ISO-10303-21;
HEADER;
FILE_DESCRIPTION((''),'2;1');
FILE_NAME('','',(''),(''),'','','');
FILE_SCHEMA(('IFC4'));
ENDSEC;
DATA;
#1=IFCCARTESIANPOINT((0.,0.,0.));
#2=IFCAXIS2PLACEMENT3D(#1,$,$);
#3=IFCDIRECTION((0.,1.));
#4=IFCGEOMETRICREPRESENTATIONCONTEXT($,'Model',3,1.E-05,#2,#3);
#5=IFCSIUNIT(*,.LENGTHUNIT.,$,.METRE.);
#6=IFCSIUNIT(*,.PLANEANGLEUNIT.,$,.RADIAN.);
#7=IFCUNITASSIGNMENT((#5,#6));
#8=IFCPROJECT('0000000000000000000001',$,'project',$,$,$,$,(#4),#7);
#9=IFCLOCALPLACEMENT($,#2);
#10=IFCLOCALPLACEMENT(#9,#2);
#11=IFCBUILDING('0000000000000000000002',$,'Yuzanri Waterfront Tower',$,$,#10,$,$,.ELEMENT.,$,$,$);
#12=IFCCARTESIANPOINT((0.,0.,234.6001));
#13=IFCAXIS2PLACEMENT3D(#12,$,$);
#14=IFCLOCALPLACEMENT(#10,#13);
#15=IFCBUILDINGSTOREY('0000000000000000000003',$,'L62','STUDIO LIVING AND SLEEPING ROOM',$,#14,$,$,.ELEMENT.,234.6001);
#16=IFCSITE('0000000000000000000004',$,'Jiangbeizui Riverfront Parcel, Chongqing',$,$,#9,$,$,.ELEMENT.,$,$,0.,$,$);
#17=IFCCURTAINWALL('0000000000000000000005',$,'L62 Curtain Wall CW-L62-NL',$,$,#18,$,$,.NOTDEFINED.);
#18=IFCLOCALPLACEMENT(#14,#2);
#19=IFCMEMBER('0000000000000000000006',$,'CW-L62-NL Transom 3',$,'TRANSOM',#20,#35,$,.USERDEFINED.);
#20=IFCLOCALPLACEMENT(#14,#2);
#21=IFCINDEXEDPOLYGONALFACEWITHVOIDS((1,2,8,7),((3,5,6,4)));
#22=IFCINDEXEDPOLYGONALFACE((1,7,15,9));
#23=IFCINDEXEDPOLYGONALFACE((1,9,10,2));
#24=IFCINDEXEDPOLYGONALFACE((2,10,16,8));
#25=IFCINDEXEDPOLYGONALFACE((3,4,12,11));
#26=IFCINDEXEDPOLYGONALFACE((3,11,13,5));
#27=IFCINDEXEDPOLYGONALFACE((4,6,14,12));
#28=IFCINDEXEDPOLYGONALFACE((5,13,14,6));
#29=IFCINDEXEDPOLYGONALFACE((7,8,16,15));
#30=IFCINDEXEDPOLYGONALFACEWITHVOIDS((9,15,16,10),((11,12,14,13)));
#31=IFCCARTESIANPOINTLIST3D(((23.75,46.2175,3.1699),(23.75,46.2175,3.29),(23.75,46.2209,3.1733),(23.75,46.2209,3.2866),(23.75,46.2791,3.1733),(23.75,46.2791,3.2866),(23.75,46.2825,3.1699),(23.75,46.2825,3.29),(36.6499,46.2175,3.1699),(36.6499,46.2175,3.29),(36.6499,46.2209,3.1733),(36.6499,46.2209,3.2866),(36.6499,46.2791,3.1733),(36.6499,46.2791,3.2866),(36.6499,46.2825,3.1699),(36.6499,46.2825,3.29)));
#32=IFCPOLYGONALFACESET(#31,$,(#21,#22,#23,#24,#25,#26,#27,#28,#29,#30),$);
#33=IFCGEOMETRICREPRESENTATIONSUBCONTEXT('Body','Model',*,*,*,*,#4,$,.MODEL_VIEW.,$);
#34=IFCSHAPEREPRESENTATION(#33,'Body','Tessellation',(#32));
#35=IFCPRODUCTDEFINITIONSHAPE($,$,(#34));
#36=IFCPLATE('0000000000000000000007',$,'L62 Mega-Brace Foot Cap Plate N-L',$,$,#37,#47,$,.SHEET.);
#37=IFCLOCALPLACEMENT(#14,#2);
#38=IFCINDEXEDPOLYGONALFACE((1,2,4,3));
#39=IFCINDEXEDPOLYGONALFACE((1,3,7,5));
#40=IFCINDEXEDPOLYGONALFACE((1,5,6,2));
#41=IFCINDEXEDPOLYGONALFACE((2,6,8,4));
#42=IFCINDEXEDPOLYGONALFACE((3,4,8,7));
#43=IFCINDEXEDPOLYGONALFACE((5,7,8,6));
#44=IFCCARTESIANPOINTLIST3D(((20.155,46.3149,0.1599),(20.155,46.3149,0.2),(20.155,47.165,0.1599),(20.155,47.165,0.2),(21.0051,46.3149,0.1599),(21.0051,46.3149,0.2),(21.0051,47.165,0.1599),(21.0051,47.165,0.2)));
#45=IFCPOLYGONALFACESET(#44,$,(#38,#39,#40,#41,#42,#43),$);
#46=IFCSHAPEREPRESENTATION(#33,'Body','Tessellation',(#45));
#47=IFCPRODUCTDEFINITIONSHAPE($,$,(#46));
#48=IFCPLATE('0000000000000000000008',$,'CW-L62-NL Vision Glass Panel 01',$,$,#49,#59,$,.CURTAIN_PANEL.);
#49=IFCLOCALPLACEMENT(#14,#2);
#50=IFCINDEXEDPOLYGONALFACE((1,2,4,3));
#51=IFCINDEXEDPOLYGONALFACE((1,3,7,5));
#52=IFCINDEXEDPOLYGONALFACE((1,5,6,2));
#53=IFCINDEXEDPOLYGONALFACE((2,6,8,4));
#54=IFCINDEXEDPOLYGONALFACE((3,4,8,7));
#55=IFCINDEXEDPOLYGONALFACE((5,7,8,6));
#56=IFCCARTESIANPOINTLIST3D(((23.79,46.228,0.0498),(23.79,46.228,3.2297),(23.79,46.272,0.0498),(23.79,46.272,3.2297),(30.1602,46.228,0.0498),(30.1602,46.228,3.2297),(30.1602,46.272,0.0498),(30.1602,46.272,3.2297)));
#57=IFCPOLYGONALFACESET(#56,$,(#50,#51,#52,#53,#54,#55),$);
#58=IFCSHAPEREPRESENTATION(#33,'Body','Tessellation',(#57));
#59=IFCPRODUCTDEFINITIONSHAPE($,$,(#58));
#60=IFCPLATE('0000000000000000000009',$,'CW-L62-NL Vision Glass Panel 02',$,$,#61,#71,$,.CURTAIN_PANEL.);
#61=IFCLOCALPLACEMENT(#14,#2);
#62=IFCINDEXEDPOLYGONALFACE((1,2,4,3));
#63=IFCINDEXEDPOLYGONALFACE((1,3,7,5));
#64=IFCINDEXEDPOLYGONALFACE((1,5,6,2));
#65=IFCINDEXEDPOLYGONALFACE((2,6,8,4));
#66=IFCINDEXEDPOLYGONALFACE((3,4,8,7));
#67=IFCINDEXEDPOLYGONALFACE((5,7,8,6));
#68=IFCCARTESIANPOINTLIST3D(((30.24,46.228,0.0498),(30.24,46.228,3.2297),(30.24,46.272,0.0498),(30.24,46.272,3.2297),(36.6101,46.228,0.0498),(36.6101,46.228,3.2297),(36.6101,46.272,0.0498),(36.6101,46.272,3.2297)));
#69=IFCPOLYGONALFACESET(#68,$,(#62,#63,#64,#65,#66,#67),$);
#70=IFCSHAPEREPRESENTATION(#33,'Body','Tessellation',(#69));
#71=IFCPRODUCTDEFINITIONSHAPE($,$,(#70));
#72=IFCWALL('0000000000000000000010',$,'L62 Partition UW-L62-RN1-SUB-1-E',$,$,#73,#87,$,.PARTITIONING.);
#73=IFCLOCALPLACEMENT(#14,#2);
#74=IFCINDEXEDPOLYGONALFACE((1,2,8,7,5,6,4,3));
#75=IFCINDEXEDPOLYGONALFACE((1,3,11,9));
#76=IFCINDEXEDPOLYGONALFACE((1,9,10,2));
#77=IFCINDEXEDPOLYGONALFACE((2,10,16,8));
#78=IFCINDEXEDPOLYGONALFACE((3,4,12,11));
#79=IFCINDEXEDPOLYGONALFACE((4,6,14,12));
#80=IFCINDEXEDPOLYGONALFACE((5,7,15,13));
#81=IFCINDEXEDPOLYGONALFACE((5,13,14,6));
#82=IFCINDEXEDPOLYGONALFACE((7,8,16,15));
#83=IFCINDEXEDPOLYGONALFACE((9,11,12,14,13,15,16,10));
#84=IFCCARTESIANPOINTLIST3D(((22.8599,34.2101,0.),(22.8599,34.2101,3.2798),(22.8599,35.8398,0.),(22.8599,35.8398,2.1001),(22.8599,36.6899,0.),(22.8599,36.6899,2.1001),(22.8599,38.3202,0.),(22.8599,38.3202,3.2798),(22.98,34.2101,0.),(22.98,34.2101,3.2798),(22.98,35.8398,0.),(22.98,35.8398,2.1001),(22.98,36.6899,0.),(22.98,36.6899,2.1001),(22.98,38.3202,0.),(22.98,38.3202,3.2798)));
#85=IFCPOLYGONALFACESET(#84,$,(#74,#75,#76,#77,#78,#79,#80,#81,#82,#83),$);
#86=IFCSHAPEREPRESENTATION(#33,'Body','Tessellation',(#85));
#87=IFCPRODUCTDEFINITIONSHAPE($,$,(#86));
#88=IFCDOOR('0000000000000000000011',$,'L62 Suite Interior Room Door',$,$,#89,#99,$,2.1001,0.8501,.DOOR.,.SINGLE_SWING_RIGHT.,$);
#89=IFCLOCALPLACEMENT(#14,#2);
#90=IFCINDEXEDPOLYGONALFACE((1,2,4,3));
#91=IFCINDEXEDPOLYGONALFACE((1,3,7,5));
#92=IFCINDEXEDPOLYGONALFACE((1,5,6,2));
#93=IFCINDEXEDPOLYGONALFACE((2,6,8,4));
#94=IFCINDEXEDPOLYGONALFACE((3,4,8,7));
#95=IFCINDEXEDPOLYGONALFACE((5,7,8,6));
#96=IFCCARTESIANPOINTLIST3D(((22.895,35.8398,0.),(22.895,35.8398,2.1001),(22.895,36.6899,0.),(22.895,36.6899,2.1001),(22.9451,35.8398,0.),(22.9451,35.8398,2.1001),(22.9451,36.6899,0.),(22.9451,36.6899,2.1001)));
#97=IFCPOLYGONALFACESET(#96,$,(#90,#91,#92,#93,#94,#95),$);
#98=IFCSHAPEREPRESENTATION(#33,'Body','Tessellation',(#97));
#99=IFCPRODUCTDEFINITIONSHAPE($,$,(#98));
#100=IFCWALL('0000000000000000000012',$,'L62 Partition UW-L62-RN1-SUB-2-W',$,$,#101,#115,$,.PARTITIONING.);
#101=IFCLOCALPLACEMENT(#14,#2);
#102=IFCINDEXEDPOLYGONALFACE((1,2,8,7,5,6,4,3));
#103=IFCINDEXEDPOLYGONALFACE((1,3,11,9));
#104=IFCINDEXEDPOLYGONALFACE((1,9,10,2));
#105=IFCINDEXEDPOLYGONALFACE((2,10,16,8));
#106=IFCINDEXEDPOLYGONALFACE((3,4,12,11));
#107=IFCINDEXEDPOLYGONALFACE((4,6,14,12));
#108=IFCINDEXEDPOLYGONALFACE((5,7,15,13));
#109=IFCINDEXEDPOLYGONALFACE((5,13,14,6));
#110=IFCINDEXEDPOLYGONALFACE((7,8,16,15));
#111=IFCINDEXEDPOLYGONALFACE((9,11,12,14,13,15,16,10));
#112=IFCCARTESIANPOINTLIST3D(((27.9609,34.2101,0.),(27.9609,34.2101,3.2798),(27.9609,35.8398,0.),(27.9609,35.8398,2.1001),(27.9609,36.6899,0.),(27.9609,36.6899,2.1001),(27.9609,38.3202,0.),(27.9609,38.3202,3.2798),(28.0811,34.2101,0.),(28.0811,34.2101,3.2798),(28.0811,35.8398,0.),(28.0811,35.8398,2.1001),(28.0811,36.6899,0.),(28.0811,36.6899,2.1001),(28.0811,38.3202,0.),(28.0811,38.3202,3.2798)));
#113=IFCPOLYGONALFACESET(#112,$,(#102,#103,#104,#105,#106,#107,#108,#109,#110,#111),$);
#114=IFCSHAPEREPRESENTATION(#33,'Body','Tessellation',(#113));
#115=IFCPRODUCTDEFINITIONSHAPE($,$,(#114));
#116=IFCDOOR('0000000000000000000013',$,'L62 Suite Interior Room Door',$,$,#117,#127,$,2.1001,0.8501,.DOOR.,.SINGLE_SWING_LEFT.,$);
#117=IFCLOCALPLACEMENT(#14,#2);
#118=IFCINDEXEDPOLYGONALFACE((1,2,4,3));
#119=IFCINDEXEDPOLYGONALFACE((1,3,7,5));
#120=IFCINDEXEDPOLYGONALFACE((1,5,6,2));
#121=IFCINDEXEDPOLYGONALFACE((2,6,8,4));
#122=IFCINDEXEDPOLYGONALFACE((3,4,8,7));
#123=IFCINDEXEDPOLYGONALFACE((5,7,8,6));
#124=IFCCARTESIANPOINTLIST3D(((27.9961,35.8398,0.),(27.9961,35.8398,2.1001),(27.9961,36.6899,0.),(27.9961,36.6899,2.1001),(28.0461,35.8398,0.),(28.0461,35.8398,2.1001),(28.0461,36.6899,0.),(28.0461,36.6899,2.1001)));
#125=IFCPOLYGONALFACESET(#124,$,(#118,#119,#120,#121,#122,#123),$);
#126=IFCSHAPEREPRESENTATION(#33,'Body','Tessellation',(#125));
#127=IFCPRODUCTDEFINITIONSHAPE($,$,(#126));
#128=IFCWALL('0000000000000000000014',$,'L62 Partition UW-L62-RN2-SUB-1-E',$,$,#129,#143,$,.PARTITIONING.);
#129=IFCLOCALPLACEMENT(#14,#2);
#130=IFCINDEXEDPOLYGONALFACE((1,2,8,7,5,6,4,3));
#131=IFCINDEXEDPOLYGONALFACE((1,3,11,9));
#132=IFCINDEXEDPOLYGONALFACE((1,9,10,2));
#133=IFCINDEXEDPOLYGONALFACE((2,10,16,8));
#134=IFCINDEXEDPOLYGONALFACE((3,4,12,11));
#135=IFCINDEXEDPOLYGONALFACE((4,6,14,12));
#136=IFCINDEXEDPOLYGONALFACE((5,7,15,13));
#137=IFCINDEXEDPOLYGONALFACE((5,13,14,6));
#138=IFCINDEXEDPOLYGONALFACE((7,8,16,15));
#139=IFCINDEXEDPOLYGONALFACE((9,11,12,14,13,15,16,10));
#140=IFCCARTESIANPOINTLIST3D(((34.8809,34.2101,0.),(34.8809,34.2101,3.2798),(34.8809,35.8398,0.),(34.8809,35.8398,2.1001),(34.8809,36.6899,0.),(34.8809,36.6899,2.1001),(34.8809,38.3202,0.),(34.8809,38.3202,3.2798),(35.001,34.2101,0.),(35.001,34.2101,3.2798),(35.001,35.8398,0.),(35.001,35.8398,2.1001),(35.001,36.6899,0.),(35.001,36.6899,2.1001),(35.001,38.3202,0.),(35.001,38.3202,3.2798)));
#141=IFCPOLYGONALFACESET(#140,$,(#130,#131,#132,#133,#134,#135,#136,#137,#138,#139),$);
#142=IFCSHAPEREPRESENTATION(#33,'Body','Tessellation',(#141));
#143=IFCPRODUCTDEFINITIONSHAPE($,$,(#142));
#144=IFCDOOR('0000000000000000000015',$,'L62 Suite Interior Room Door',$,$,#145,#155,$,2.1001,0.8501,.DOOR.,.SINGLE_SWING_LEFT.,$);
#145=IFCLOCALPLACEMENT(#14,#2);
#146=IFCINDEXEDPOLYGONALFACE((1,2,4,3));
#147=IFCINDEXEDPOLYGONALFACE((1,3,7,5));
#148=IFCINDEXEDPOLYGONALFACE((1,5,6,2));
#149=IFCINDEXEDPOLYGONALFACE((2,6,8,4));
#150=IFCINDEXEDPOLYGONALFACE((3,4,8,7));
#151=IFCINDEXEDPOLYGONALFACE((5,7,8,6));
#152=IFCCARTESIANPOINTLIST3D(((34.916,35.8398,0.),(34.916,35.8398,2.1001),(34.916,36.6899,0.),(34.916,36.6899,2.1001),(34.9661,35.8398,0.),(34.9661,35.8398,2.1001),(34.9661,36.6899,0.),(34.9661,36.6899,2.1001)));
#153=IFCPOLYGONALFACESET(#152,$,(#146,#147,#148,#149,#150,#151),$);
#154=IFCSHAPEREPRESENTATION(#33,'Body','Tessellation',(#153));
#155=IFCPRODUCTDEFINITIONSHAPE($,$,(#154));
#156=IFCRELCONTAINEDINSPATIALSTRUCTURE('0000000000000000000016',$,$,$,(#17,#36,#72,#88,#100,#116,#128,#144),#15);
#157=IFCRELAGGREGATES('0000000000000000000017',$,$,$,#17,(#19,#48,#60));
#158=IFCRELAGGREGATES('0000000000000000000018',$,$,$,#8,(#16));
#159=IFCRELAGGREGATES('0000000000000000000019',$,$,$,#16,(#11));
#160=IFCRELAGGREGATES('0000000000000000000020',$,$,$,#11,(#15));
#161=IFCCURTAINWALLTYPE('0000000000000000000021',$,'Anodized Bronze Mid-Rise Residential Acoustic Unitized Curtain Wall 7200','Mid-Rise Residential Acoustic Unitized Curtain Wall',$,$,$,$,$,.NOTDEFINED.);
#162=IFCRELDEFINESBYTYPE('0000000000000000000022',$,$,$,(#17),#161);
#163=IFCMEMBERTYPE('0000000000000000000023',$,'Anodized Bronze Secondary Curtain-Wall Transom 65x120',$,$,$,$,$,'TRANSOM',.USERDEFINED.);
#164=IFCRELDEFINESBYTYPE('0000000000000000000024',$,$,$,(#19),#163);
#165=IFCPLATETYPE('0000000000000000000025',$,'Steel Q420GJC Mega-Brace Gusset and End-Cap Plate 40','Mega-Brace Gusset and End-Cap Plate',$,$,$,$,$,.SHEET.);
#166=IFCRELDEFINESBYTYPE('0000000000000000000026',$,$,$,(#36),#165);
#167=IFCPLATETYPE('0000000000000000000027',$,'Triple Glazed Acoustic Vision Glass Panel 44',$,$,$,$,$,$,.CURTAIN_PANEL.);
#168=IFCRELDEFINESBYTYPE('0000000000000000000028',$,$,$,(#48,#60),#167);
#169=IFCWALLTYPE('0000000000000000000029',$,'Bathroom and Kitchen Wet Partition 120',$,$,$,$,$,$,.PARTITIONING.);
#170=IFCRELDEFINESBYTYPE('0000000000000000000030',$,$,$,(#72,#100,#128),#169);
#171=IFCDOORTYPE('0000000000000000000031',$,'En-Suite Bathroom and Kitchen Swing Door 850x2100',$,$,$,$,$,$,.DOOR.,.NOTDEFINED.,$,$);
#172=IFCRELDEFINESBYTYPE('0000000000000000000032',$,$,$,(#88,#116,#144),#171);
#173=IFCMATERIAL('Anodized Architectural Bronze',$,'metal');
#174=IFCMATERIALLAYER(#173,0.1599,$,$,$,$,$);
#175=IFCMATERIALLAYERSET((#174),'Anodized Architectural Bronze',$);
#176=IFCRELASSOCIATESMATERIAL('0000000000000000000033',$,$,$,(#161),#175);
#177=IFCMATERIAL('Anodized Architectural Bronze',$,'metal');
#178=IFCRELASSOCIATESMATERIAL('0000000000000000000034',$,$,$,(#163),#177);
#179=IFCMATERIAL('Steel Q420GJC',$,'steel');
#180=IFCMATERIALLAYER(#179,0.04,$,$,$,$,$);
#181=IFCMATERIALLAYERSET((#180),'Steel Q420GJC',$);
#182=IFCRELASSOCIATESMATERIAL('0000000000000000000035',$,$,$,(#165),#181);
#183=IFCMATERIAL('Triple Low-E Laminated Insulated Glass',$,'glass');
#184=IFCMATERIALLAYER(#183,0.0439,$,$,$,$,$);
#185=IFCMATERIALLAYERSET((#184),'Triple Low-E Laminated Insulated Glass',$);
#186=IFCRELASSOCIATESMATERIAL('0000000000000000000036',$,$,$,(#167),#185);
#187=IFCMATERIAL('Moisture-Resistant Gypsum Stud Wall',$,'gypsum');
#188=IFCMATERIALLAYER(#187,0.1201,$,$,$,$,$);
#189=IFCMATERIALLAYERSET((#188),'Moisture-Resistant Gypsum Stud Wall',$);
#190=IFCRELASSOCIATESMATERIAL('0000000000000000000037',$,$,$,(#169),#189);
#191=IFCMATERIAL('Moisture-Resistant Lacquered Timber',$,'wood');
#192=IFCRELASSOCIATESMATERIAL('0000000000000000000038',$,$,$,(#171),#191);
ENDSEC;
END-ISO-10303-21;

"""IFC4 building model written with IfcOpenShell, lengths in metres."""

from ifc_helpers import new_model, si_unit, direction, frame, frame_2d, origin, origin_2d, place, context, subcontext, project, spatial, rectangle, hollow_rectangle, extrude, source, transform, mapped, material, layer, layer_set, material_profile, profile_set, type_object, element, fill, aggregate, save


model = new_model("IFC4")

# Units and contexts
model_context = context("Model", 3, precision=1e-05, world=origin(), true_north=direction((0.0, 1.0)))
body_context = subcontext(model_context, "Body", "Model", "MODEL_VIEW")
ifc_project = project(units=[si_unit("LENGTHUNIT", "METRE"), si_unit("PLANEANGLEUNIT", "RADIAN")], contexts=[model_context])

# Site, building, storey
site_placement = place(None, origin())
site = spatial("IfcSite", under=ifc_project, at=site_placement, Name="Jiangbeizui Riverfront Parcel, Chongqing", CompositionType="ELEMENT", RefElevation=0.0)
building_placement = place(site_placement, origin())
building = spatial("IfcBuilding", under=site, at=building_placement, Name="Yuzanri Waterfront Tower", CompositionType="ELEMENT")
storey_placement = place(building_placement, frame((0.0, 0.0, 234.6001)))
storey = spatial("IfcBuildingStorey", under=building, at=storey_placement, Name="L62", Description="STUDIO LIVING AND SLEEPING ROOM", CompositionType="ELEMENT", Elevation=234.6001)

# Curtain wall, member
ifc_material_1 = material(Name="Anodized Architectural Bronze", Category="metal")
ifc_layer_1 = layer(ifc_material_1, 0.1599)
ifc_layer_set_1 = layer_set([ifc_layer_1], Name="Anodized Architectural Bronze")
curtain_wall_type = type_object("IfcCurtainWallType", Name="Anodized Bronze Mid-Rise Residential Acoustic Unitized Curtain Wall 7200", Description="Mid-Rise Residential Acoustic Unitized Curtain Wall", PredefinedType="NOTDEFINED", material=ifc_layer_set_1)
curtain_wall_placement = place(storey_placement, origin())
curtain_wall = element("IfcCurtainWall", 1, at=curtain_wall_placement, inside=storey, type_object=curtain_wall_type, Name="L62 Curtain Wall CW-L62-NL", PredefinedType="NOTDEFINED")
ifc_material_2 = material(Name="Anodized Architectural Bronze", Category="metal")
ifc_material_profile_1 = material_profile(ifc_material_2, hollow_rectangle(XDim=0.0649, YDim=0.1201, WallThickness=0.0034, at=origin_2d()), Name="CWT 65x120")
ifc_profile_set_1 = profile_set([ifc_material_profile_1], Name="Anodized Architectural Bronze")
member_type_1 = type_object("IfcMemberType", Name="Anodized Bronze Secondary Curtain-Wall Transom 65x120", ElementType="TRANSOM", PredefinedType="USERDEFINED", material=ifc_profile_set_1)
shared_shape_1 = source(origin(), body_context, "Body", "SweptSolid", [
    extrude(hollow_rectangle(XDim=0.0649, YDim=0.1201, WallThickness=0.0034, at=origin_2d()), origin(), (0.0, 0.0, 1.0), 12.8999),
])
member_1_placement = place(storey_placement, frame((23.75, 46.25, 3.23), z_axis=(1.0, 0.0, 0.0), x_axis=(0.0, 1.0, 0.0)))
member_1 = element("IfcMember", 2, at=member_1_placement, type_object=member_type_1, Name="CW-L62-NL Transom 3", ObjectType="TRANSOM", PredefinedType="USERDEFINED", context=body_context, shape_type="MappedRepresentation", body=[
    mapped(shared_shape_1, transform((0.0, 0.0, 0.0), scale=1.0)),
])

# Plates
ifc_material_3 = material(Name="Steel Q420GJC", Category="steel")
ifc_layer_2 = layer(ifc_material_3, 0.04)
ifc_layer_set_2 = layer_set([ifc_layer_2], Name="Steel Q420GJC")
plate_type_1 = type_object("IfcPlateType", Name="Steel Q420GJC Mega-Brace Gusset and End-Cap Plate 40", Description="Mega-Brace Gusset and End-Cap Plate", PredefinedType="SHEET", material=ifc_layer_set_2)
shared_shape_2 = source(origin(), body_context, "Body", "SweptSolid", [
    extrude(rectangle(XDim=0.8501, YDim=0.8501, at=origin_2d()), origin(), (0.0, 0.0, 1.0), 0.04),
])
plate_1_placement = place(storey_placement, frame((20.5801, 46.74, 0.1599), z_axis=(0.0, 0.0, 1.0), x_axis=(1.0, 0.0, 0.0)))
element("IfcPlate", 3, at=plate_1_placement, inside=storey, type_object=plate_type_1, Name="L62 Mega-Brace Foot Cap Plate N-L", PredefinedType="SHEET", context=body_context, shape_type="MappedRepresentation", body=[
    mapped(shared_shape_2, transform((0.0, 0.0, 0.0), scale=1.0)),
])
ifc_material_4 = material(Name="Triple Low-E Laminated Insulated Glass", Category="glass")
ifc_layer_3 = layer(ifc_material_4, 0.0439)
ifc_layer_set_3 = layer_set([ifc_layer_3], Name="Triple Low-E Laminated Insulated Glass")
plate_type_2 = type_object("IfcPlateType", Name="Triple Glazed Acoustic Vision Glass Panel 44", PredefinedType="CURTAIN_PANEL", material=ifc_layer_set_3)
shared_shape_3 = source(origin(), body_context, "Body", "SweptSolid", [
    extrude(rectangle(XDim=6.3701, YDim=0.0439, at=origin_2d()), origin(), (0.0, 0.0, 1.0), 3.1799),
])
plate_2_placement = place(storey_placement, frame((26.9751, 46.25, 0.0498), z_axis=(0.0, 0.0, 1.0), x_axis=(1.0, 0.0, 0.0)))
plate_2 = element("IfcPlate", 4, at=plate_2_placement, type_object=plate_type_2, Name="CW-L62-NL Vision Glass Panel 01", PredefinedType="CURTAIN_PANEL", context=body_context, shape_type="MappedRepresentation", body=[
    mapped(shared_shape_3, transform((0.0, 0.0, 0.0), scale=1.0)),
])
plate_3_placement = place(storey_placement, frame((33.425, 46.25, 0.0498), z_axis=(0.0, 0.0, 1.0), x_axis=(1.0, 0.0, 0.0)))
plate_3 = element("IfcPlate", 5, at=plate_3_placement, type_object=plate_type_2, Name="CW-L62-NL Vision Glass Panel 02", PredefinedType="CURTAIN_PANEL", context=body_context, shape_type="MappedRepresentation", body=[
    mapped(shared_shape_3, transform((0.0, 0.0, 0.0), scale=1.0)),
])
aggregate(curtain_wall, [member_1, plate_2, plate_3])

# Walls, openings, doors
ifc_material_5 = material(Name="Moisture-Resistant Gypsum Stud Wall", Category="gypsum")
ifc_layer_4 = layer(ifc_material_5, 0.1201)
ifc_layer_set_4 = layer_set([ifc_layer_4], Name="Moisture-Resistant Gypsum Stud Wall")
wall_type_1 = type_object("IfcWallType", Name="Bathroom and Kitchen Wet Partition 120", PredefinedType="PARTITIONING", material=ifc_layer_set_4)
wall_1_placement = place(storey_placement, frame((22.9199, 34.21, 0.0), z_axis=(0.0, 0.0, 1.0), x_axis=(0.0, 1.0, 0.0)))
wall_1 = element("IfcWall", 6, at=wall_1_placement, inside=storey, type_object=wall_type_1, Name="L62 Partition UW-L62-RN1-SUB-1-E", PredefinedType="PARTITIONING", context=body_context, shape_type="SweptSolid", body=[
    extrude(rectangle(XDim=4.1101, YDim=0.1201, at=frame_2d((2.0552, 0.0))), origin(), (0.0, 0.0, 1.0), 3.2798),
])
opening_1_placement = place(wall_1_placement, frame((1.6299, 0.0, 0.0)))
opening_1 = element("IfcOpeningElement", 7, at=opening_1_placement, cuts=wall_1, PredefinedType="OPENING", context=body_context, shape_type="SweptSolid", body=[
    extrude(rectangle(XDim=0.8501, YDim=2.1001, at=frame_2d((0.425, 1.05))), frame((0.0, 0.075, 0.0), z_axis=(0.0, -1.0, 0.0), x_axis=(1.0, 0.0, 0.0)), (0.0, 0.0, 1.0), 0.1499),
])
ifc_material_6 = material(Name="Moisture-Resistant Lacquered Timber", Category="wood")
door_type_1 = type_object("IfcDoorType", Name="En-Suite Bathroom and Kitchen Swing Door 850x2100", OperationType="NOTDEFINED", PredefinedType="DOOR", material=ifc_material_6)
shared_shape_4 = source(origin(), body_context, "Body", "SweptSolid", [
    extrude(rectangle(XDim=0.8501, YDim=2.1001, at=frame_2d((0.425, 1.05))), frame((0.0, 0.0249, 0.0), z_axis=(0.0, -1.0, 0.0), x_axis=(1.0, 0.0, 0.0)), (0.0, 0.0, 1.0), 0.05),
])
door_1_placement = place(opening_1_placement, origin())
door_1 = element("IfcDoor", 8, at=door_1_placement, inside=storey, type_object=door_type_1, Name="L62 Suite Interior Room Door", OperationType="SINGLE_SWING_RIGHT", OverallHeight=2.1001, OverallWidth=0.8501, PredefinedType="DOOR", context=body_context, shape_type="MappedRepresentation", body=[
    mapped(shared_shape_4, transform((0.0, 0.0, 0.0), scale=1.0)),
])
fill(opening_1, door_1)
wall_2_placement = place(storey_placement, frame((28.021, 34.21, 0.0), z_axis=(0.0, 0.0, 1.0), x_axis=(0.0, 1.0, 0.0)))
wall_2 = element("IfcWall", 9, at=wall_2_placement, inside=storey, type_object=wall_type_1, Name="L62 Partition UW-L62-RN1-SUB-2-W", PredefinedType="PARTITIONING", context=body_context, shape_type="SweptSolid", body=[
    extrude(rectangle(XDim=4.1101, YDim=0.1201, at=frame_2d((2.0552, 0.0))), origin(), (0.0, 0.0, 1.0), 3.2798),
])
opening_2_placement = place(wall_2_placement, frame((1.6299, 0.0, 0.0)))
opening_2 = element("IfcOpeningElement", 10, at=opening_2_placement, cuts=wall_2, PredefinedType="OPENING", context=body_context, shape_type="SweptSolid", body=[
    extrude(rectangle(XDim=0.8501, YDim=2.1001, at=frame_2d((0.425, 1.05))), frame((0.0, 0.075, 0.0), z_axis=(0.0, -1.0, 0.0), x_axis=(1.0, 0.0, 0.0)), (0.0, 0.0, 1.0), 0.1499),
])
door_2_placement = place(opening_2_placement, origin())
door_2 = element("IfcDoor", 11, at=door_2_placement, inside=storey, type_object=door_type_1, Name="L62 Suite Interior Room Door", OperationType="SINGLE_SWING_LEFT", OverallHeight=2.1001, OverallWidth=0.8501, PredefinedType="DOOR", context=body_context, shape_type="MappedRepresentation", body=[
    mapped(shared_shape_4, transform((0.0, 0.0, 0.0), scale=1.0)),
])
fill(opening_2, door_2)
wall_3_placement = place(storey_placement, frame((34.9409, 34.21, 0.0), z_axis=(0.0, 0.0, 1.0), x_axis=(0.0, 1.0, 0.0)))
wall_3 = element("IfcWall", 12, at=wall_3_placement, inside=storey, type_object=wall_type_1, Name="L62 Partition UW-L62-RN2-SUB-1-E", PredefinedType="PARTITIONING", context=body_context, shape_type="SweptSolid", body=[
    extrude(rectangle(XDim=4.1101, YDim=0.1201, at=frame_2d((2.0552, 0.0))), origin(), (0.0, 0.0, 1.0), 3.2798),
])
opening_3_placement = place(wall_3_placement, frame((1.6299, 0.0, 0.0)))
opening_3 = element("IfcOpeningElement", 13, at=opening_3_placement, cuts=wall_3, PredefinedType="OPENING", context=body_context, shape_type="SweptSolid", body=[
    extrude(rectangle(XDim=0.8501, YDim=2.1001, at=frame_2d((0.425, 1.05))), frame((0.0, 0.075, 0.0), z_axis=(0.0, -1.0, 0.0), x_axis=(1.0, 0.0, 0.0)), (0.0, 0.0, 1.0), 0.1499),
])
door_3_placement = place(opening_3_placement, origin())
door_3 = element("IfcDoor", 14, at=door_3_placement, inside=storey, type_object=door_type_1, Name="L62 Suite Interior Room Door", OperationType="SINGLE_SWING_LEFT", OverallHeight=2.1001, OverallWidth=0.8501, PredefinedType="DOOR", context=body_context, shape_type="MappedRepresentation", body=[
    mapped(shared_shape_4, transform((0.0, 0.0, 0.0), scale=1.0)),
])
fill(opening_3, door_3)

save(model, "model.ifc")
